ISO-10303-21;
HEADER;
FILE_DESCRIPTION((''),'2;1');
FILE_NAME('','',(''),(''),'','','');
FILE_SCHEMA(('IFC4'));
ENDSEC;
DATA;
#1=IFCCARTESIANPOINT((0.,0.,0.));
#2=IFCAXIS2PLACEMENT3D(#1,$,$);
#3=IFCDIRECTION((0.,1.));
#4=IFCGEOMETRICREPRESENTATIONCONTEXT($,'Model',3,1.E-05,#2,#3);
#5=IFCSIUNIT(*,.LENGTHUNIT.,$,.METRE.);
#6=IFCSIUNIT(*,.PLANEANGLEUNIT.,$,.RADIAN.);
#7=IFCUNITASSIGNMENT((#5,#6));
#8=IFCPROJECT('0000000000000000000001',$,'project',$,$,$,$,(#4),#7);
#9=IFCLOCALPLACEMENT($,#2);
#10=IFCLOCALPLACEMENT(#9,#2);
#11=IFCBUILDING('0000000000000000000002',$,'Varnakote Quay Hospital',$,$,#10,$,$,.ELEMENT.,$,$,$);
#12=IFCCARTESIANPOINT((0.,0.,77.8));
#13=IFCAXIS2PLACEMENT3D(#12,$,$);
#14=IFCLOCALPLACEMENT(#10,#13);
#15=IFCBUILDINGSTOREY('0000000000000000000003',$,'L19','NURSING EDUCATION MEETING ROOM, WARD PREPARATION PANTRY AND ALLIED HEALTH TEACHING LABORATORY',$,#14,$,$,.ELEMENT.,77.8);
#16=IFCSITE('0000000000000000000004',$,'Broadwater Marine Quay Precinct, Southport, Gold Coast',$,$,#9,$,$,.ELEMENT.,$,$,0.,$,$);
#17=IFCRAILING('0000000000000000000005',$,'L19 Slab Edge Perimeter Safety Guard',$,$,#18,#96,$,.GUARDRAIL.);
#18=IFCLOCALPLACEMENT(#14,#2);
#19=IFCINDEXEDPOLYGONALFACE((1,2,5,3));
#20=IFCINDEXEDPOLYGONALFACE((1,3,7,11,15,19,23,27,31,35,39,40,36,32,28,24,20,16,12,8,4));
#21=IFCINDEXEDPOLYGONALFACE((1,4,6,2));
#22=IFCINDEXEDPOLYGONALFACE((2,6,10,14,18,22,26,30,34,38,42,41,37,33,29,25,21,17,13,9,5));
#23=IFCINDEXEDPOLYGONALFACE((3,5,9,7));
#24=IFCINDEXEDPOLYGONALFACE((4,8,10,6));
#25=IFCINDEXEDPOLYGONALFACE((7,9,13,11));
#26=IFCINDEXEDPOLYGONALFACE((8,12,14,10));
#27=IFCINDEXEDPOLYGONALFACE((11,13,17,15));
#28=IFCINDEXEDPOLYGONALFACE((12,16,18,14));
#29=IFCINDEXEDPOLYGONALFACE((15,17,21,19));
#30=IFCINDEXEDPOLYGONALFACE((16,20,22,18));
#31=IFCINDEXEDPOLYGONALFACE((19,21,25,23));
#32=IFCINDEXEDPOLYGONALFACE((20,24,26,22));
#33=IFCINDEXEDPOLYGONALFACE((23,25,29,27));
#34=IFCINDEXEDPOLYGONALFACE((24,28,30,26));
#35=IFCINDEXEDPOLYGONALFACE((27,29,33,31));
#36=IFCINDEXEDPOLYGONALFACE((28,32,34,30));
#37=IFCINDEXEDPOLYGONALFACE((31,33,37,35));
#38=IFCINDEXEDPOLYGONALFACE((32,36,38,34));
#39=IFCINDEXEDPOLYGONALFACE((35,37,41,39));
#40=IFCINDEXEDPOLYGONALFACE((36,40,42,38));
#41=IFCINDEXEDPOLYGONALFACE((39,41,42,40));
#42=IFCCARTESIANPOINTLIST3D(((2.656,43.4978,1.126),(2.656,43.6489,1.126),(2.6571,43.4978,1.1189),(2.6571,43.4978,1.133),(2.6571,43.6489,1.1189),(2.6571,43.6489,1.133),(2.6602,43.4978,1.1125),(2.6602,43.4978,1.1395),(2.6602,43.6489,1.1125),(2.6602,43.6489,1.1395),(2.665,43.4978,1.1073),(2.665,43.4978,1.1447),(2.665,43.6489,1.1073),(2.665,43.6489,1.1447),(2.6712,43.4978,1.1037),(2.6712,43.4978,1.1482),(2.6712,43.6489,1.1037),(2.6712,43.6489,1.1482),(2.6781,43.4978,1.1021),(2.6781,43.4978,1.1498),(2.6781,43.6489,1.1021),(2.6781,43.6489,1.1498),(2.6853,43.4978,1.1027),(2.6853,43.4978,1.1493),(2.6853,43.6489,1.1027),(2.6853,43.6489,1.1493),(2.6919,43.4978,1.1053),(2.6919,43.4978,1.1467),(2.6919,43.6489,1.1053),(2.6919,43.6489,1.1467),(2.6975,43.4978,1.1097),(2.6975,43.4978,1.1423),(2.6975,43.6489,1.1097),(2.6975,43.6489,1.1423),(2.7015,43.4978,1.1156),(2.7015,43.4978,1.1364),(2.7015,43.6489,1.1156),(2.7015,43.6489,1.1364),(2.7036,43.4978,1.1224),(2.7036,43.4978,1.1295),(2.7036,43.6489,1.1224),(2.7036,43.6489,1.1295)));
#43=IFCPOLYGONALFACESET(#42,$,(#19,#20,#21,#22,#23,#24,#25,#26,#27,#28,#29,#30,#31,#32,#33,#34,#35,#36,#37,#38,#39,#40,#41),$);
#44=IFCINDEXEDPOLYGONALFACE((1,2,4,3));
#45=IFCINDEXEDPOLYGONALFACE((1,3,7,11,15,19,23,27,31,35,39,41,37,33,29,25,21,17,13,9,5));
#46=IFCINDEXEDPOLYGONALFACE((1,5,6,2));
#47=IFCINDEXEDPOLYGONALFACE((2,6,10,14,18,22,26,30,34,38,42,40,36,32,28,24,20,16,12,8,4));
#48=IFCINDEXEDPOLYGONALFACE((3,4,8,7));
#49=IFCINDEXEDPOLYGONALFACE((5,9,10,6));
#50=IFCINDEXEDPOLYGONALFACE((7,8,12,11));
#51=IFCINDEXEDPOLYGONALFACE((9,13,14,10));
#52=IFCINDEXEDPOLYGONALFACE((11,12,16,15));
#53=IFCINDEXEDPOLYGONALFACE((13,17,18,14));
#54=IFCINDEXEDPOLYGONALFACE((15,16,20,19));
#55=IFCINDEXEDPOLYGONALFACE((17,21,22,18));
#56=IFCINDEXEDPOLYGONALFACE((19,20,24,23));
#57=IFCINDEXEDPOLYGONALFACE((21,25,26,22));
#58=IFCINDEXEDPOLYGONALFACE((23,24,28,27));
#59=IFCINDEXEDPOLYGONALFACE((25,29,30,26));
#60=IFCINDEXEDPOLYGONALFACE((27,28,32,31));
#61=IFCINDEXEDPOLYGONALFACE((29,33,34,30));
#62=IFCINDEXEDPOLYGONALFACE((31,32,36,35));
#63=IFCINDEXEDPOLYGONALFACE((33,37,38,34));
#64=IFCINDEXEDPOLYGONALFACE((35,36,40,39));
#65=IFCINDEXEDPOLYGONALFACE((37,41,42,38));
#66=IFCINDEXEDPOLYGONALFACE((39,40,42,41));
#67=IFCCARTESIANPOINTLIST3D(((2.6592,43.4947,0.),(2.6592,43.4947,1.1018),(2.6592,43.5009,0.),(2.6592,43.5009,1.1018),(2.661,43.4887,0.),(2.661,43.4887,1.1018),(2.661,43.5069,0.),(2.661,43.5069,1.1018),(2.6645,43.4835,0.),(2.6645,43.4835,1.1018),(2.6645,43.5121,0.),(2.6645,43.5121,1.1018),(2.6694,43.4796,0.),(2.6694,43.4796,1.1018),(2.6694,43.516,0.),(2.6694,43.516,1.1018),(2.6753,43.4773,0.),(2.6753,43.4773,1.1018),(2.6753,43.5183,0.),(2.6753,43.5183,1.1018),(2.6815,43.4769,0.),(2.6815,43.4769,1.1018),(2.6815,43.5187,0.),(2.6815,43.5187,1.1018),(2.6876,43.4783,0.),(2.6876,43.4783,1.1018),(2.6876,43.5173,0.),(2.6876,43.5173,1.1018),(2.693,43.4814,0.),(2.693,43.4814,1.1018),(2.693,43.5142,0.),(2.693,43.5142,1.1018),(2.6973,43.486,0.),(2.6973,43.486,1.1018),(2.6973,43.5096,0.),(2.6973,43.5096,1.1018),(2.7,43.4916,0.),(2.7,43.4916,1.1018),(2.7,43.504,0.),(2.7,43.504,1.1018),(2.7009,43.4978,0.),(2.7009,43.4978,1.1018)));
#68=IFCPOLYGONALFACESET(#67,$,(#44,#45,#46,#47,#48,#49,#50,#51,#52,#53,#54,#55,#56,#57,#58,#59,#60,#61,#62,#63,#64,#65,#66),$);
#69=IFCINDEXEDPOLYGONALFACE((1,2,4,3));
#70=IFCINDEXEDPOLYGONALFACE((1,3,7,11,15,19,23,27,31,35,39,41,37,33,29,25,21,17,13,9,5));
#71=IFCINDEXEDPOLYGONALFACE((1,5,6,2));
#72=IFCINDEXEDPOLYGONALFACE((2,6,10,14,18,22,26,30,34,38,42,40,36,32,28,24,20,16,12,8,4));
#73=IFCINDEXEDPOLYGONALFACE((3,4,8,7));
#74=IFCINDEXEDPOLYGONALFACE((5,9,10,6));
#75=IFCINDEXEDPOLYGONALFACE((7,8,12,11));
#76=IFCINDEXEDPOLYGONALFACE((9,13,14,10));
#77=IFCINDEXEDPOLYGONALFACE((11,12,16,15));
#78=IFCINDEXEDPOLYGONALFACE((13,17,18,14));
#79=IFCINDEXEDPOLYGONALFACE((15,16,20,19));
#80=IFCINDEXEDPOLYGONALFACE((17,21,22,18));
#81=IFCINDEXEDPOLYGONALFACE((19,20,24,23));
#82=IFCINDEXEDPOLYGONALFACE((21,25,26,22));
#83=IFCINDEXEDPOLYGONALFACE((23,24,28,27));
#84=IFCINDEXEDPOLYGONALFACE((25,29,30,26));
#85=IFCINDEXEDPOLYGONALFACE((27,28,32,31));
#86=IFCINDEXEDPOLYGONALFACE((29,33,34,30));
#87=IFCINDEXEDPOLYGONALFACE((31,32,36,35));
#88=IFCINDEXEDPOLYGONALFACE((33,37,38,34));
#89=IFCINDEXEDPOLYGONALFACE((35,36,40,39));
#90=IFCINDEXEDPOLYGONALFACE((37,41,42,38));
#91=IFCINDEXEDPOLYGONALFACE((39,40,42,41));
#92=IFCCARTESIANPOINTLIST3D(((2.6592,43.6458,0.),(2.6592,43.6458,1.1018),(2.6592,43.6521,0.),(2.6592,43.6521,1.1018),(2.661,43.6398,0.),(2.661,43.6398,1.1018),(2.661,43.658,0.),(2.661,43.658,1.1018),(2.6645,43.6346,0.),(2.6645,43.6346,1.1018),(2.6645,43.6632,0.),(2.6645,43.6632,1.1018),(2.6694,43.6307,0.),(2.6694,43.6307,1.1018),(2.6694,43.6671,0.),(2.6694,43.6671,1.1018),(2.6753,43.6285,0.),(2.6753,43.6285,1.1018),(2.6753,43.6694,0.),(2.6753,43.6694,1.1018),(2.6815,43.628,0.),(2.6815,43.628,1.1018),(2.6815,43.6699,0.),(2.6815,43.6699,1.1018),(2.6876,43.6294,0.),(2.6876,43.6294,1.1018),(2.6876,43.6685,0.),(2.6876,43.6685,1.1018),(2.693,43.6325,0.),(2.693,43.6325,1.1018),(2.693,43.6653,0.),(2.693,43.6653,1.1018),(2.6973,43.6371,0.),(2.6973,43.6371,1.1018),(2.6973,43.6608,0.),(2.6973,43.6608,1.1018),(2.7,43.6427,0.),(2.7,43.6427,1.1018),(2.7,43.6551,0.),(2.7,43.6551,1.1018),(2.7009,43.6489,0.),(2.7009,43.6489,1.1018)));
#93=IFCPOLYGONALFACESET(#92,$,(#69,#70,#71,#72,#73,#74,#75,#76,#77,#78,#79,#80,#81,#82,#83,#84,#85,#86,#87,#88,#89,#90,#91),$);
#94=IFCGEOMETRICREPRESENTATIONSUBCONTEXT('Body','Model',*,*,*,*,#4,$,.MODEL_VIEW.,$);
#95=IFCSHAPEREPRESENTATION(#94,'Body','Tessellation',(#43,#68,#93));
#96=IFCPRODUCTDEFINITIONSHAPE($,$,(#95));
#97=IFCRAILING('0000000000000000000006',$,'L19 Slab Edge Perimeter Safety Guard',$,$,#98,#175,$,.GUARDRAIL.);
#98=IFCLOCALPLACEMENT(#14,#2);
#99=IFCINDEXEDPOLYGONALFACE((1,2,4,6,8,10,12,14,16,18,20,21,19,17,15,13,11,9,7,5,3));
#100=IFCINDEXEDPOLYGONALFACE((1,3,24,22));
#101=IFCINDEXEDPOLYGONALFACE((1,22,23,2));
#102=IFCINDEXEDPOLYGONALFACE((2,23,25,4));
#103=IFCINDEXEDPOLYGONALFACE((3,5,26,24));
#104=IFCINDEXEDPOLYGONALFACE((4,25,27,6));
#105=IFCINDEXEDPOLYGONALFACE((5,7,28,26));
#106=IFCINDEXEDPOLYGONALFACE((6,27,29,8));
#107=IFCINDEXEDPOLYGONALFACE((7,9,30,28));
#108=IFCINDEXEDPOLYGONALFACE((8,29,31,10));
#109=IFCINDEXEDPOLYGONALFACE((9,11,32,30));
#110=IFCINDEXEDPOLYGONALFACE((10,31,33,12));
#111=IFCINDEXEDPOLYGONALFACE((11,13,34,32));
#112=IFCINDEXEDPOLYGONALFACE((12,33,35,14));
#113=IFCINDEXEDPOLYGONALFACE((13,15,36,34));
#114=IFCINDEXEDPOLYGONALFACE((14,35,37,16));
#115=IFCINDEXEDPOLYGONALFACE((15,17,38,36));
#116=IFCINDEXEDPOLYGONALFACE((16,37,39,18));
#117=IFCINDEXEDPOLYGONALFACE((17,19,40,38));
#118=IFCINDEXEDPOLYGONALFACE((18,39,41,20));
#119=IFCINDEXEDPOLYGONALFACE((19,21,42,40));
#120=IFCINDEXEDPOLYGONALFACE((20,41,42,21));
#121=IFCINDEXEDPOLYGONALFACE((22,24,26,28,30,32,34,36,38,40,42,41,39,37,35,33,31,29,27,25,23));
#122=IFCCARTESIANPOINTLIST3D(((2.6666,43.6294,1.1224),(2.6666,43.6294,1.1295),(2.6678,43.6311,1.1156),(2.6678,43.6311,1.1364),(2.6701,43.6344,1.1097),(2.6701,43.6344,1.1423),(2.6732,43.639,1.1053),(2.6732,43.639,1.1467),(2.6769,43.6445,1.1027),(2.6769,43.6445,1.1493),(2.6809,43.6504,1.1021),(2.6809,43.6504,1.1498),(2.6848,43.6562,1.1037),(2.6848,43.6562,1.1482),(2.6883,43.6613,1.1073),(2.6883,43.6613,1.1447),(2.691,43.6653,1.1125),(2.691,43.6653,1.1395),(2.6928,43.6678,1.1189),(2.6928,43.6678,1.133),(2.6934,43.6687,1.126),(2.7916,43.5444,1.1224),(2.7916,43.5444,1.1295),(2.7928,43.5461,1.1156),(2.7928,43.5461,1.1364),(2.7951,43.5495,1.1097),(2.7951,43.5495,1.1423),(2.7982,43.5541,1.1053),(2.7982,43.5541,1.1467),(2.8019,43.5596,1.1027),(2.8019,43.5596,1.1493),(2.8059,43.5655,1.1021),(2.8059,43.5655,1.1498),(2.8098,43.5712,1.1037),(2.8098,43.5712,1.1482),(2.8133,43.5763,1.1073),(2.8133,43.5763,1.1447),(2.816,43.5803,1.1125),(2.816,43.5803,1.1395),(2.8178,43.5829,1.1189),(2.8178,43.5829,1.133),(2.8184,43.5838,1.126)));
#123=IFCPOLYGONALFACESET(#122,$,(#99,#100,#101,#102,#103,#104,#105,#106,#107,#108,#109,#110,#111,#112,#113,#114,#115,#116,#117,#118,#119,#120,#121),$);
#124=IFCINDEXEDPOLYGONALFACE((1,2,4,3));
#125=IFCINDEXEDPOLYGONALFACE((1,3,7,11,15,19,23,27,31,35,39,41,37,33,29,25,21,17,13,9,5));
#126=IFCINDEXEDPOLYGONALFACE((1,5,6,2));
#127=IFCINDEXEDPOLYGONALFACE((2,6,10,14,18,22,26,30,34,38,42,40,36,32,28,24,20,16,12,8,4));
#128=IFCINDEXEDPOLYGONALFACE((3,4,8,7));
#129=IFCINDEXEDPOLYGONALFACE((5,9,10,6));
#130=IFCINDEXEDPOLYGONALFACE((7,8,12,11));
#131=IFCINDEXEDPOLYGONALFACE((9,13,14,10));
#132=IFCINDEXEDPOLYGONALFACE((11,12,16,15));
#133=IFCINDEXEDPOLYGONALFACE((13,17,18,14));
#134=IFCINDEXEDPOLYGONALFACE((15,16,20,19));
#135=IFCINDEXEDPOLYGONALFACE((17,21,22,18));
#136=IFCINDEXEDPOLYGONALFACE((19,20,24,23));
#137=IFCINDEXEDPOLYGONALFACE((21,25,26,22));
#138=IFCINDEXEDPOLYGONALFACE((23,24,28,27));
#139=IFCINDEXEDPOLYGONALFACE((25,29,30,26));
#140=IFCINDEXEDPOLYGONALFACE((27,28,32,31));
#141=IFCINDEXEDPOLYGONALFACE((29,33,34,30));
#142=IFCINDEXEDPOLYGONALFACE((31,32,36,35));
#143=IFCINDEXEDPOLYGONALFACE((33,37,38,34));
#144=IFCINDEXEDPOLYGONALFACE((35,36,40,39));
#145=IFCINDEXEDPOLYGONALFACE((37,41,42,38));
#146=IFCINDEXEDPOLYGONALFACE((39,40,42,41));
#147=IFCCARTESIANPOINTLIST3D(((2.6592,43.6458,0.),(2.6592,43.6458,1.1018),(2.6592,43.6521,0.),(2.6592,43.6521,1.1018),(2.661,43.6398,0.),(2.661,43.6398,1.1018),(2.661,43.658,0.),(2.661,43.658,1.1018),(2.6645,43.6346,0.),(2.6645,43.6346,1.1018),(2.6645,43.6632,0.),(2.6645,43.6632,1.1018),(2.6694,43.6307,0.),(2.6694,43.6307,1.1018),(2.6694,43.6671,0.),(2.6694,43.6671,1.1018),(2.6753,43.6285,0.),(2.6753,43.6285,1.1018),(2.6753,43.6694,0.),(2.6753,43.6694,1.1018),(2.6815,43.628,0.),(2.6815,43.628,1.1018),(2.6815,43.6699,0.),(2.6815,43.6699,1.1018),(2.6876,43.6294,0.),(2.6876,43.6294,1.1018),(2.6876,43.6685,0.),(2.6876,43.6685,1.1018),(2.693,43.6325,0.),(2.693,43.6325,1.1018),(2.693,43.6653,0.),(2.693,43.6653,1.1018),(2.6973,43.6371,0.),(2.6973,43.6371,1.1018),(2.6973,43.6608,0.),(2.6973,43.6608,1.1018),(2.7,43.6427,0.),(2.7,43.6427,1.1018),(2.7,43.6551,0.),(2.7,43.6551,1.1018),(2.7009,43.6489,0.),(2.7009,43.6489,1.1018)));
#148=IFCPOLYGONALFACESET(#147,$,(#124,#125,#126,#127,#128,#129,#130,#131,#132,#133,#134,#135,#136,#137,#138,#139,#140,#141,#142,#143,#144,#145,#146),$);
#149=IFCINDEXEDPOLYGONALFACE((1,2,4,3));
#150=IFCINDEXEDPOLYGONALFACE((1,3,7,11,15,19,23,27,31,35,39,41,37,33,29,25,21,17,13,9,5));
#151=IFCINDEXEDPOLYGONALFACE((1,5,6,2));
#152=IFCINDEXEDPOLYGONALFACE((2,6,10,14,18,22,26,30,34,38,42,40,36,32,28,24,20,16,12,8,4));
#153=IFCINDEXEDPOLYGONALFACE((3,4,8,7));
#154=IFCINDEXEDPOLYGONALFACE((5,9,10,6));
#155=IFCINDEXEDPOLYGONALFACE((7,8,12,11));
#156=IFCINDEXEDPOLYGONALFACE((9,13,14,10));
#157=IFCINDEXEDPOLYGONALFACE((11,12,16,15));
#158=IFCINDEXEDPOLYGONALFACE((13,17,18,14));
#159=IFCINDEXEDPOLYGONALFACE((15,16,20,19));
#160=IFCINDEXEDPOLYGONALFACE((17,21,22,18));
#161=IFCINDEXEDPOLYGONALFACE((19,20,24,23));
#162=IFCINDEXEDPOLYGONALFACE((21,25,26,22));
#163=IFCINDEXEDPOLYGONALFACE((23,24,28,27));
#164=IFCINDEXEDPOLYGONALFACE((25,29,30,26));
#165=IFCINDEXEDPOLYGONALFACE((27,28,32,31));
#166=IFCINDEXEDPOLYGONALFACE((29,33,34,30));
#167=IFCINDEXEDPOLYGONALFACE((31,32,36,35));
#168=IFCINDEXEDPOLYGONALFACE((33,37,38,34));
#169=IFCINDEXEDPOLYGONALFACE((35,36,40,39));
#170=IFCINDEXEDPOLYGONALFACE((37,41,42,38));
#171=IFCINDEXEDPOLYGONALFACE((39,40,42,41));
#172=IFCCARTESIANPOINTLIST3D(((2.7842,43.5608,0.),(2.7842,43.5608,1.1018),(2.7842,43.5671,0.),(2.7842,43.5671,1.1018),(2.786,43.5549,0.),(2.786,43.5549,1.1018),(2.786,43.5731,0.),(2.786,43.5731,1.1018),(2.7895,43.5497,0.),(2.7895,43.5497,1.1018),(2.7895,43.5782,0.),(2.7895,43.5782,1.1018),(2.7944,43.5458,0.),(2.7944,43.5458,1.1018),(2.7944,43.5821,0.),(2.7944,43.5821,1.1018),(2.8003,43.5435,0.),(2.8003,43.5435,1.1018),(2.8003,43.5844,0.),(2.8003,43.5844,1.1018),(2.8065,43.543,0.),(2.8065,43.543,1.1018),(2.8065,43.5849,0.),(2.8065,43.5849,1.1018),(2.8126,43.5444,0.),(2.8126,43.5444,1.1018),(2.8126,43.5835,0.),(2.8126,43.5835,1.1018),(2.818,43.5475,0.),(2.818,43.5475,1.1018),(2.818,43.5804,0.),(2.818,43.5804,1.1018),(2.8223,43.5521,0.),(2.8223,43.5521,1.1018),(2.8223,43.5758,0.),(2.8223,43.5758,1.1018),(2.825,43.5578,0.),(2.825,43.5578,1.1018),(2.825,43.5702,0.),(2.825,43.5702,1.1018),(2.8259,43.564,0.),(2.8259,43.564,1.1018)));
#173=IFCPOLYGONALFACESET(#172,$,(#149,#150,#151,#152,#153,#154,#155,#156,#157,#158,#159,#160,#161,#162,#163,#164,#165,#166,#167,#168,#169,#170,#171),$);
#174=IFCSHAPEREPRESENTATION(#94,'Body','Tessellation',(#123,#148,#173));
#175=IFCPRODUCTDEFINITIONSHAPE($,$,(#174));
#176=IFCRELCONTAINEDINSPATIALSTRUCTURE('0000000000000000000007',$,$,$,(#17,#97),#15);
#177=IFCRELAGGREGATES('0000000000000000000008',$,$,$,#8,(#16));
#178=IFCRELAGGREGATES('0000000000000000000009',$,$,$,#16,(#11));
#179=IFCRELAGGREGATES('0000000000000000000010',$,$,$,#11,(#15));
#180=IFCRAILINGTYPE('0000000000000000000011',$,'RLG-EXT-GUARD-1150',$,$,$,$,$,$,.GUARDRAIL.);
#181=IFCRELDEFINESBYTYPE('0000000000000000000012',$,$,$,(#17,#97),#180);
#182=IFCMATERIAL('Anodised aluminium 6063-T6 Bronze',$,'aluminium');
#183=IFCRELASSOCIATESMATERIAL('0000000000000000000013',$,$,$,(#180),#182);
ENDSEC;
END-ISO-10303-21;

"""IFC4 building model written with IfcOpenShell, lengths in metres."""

from ifc_helpers import new_model, si_unit, direction, frame, origin, origin_2d, place, context, subcontext, project, spatial, circle, extrude, material, type_object, element, save


model = new_model("IFC4")

# Units and contexts
model_context = context("Model", 3, precision=1e-05, world=origin(), true_north=direction((0.0, 1.0)))
body_context = subcontext(model_context, "Body", "Model", "MODEL_VIEW")
ifc_project = project(units=[si_unit("LENGTHUNIT", "METRE"), si_unit("PLANEANGLEUNIT", "RADIAN")], contexts=[model_context])

# Site, building, storey
site_placement = place(None, origin())
site = spatial("IfcSite", under=ifc_project, at=site_placement, Name="Broadwater Marine Quay Precinct, Southport, Gold Coast", CompositionType="ELEMENT", RefElevation=0.0)
building_placement = place(site_placement, origin())
building = spatial("IfcBuilding", under=site, at=building_placement, Name="Varnakote Quay Hospital", CompositionType="ELEMENT")
storey_placement = place(building_placement, frame((0.0, 0.0, 77.8)))
storey = spatial("IfcBuildingStorey", under=building, at=storey_placement, Name="L19", Description="NURSING EDUCATION MEETING ROOM, WARD PREPARATION PANTRY AND ALLIED HEALTH TEACHING LABORATORY", CompositionType="ELEMENT", Elevation=77.8)

# Railings
ifc_material_1 = material(Name="Anodised aluminium 6063-T6 Bronze", Category="aluminium")
railing_type = type_object("IfcRailingType", Name="RLG-EXT-GUARD-1150", PredefinedType="GUARDRAIL", material=ifc_material_1)
railing_1_placement = place(storey_placement, frame((2.6799, 43.4978, 0.0)))
element("IfcRailing", 1, at=railing_1_placement, inside=storey, type_object=railing_type, Name="L19 Slab Edge Perimeter Safety Guard", PredefinedType="GUARDRAIL", context=body_context, shape_type="SweptSolid", body=[
    extrude(circle(Radius=0.0239, at=origin_2d()), frame((0.0, 0.0, 1.126), z_axis=(0.0, 1.0, 0.0), x_axis=(-1.0, 0.0, 0.0)), (0.0, 0.0, 1.0), 0.1511),
    extrude(circle(Radius=0.021, at=origin_2d()), origin(), (0.0, 0.0, 1.0), 1.1018),
    extrude(circle(Radius=0.021, at=origin_2d()), frame((0.0, 0.1511, 0.0)), (0.0, 0.0, 1.0), 1.1018),
])
railing_2_placement = place(storey_placement, frame((2.6799, 43.6489, 0.0)))
element("IfcRailing", 2, at=railing_2_placement, inside=storey, type_object=railing_type, Name="L19 Slab Edge Perimeter Safety Guard", PredefinedType="GUARDRAIL", context=body_context, shape_type="SweptSolid", body=[
    extrude(circle(Radius=0.0239, at=origin_2d()), frame((0.0, 0.0, 1.126), z_axis=(0.827047, -0.562133, 0.0), x_axis=(0.562133, 0.827047, 0.0)), (0.0, 0.0, 1.0), 0.1511),
    extrude(circle(Radius=0.021, at=origin_2d()), origin(), (0.0, 0.0, 1.0), 1.1018),
    extrude(circle(Radius=0.021, at=origin_2d()), frame((0.125, -0.085, 0.0)), (0.0, 0.0, 1.0), 1.1018),
])

save(model, "model.ifc")
